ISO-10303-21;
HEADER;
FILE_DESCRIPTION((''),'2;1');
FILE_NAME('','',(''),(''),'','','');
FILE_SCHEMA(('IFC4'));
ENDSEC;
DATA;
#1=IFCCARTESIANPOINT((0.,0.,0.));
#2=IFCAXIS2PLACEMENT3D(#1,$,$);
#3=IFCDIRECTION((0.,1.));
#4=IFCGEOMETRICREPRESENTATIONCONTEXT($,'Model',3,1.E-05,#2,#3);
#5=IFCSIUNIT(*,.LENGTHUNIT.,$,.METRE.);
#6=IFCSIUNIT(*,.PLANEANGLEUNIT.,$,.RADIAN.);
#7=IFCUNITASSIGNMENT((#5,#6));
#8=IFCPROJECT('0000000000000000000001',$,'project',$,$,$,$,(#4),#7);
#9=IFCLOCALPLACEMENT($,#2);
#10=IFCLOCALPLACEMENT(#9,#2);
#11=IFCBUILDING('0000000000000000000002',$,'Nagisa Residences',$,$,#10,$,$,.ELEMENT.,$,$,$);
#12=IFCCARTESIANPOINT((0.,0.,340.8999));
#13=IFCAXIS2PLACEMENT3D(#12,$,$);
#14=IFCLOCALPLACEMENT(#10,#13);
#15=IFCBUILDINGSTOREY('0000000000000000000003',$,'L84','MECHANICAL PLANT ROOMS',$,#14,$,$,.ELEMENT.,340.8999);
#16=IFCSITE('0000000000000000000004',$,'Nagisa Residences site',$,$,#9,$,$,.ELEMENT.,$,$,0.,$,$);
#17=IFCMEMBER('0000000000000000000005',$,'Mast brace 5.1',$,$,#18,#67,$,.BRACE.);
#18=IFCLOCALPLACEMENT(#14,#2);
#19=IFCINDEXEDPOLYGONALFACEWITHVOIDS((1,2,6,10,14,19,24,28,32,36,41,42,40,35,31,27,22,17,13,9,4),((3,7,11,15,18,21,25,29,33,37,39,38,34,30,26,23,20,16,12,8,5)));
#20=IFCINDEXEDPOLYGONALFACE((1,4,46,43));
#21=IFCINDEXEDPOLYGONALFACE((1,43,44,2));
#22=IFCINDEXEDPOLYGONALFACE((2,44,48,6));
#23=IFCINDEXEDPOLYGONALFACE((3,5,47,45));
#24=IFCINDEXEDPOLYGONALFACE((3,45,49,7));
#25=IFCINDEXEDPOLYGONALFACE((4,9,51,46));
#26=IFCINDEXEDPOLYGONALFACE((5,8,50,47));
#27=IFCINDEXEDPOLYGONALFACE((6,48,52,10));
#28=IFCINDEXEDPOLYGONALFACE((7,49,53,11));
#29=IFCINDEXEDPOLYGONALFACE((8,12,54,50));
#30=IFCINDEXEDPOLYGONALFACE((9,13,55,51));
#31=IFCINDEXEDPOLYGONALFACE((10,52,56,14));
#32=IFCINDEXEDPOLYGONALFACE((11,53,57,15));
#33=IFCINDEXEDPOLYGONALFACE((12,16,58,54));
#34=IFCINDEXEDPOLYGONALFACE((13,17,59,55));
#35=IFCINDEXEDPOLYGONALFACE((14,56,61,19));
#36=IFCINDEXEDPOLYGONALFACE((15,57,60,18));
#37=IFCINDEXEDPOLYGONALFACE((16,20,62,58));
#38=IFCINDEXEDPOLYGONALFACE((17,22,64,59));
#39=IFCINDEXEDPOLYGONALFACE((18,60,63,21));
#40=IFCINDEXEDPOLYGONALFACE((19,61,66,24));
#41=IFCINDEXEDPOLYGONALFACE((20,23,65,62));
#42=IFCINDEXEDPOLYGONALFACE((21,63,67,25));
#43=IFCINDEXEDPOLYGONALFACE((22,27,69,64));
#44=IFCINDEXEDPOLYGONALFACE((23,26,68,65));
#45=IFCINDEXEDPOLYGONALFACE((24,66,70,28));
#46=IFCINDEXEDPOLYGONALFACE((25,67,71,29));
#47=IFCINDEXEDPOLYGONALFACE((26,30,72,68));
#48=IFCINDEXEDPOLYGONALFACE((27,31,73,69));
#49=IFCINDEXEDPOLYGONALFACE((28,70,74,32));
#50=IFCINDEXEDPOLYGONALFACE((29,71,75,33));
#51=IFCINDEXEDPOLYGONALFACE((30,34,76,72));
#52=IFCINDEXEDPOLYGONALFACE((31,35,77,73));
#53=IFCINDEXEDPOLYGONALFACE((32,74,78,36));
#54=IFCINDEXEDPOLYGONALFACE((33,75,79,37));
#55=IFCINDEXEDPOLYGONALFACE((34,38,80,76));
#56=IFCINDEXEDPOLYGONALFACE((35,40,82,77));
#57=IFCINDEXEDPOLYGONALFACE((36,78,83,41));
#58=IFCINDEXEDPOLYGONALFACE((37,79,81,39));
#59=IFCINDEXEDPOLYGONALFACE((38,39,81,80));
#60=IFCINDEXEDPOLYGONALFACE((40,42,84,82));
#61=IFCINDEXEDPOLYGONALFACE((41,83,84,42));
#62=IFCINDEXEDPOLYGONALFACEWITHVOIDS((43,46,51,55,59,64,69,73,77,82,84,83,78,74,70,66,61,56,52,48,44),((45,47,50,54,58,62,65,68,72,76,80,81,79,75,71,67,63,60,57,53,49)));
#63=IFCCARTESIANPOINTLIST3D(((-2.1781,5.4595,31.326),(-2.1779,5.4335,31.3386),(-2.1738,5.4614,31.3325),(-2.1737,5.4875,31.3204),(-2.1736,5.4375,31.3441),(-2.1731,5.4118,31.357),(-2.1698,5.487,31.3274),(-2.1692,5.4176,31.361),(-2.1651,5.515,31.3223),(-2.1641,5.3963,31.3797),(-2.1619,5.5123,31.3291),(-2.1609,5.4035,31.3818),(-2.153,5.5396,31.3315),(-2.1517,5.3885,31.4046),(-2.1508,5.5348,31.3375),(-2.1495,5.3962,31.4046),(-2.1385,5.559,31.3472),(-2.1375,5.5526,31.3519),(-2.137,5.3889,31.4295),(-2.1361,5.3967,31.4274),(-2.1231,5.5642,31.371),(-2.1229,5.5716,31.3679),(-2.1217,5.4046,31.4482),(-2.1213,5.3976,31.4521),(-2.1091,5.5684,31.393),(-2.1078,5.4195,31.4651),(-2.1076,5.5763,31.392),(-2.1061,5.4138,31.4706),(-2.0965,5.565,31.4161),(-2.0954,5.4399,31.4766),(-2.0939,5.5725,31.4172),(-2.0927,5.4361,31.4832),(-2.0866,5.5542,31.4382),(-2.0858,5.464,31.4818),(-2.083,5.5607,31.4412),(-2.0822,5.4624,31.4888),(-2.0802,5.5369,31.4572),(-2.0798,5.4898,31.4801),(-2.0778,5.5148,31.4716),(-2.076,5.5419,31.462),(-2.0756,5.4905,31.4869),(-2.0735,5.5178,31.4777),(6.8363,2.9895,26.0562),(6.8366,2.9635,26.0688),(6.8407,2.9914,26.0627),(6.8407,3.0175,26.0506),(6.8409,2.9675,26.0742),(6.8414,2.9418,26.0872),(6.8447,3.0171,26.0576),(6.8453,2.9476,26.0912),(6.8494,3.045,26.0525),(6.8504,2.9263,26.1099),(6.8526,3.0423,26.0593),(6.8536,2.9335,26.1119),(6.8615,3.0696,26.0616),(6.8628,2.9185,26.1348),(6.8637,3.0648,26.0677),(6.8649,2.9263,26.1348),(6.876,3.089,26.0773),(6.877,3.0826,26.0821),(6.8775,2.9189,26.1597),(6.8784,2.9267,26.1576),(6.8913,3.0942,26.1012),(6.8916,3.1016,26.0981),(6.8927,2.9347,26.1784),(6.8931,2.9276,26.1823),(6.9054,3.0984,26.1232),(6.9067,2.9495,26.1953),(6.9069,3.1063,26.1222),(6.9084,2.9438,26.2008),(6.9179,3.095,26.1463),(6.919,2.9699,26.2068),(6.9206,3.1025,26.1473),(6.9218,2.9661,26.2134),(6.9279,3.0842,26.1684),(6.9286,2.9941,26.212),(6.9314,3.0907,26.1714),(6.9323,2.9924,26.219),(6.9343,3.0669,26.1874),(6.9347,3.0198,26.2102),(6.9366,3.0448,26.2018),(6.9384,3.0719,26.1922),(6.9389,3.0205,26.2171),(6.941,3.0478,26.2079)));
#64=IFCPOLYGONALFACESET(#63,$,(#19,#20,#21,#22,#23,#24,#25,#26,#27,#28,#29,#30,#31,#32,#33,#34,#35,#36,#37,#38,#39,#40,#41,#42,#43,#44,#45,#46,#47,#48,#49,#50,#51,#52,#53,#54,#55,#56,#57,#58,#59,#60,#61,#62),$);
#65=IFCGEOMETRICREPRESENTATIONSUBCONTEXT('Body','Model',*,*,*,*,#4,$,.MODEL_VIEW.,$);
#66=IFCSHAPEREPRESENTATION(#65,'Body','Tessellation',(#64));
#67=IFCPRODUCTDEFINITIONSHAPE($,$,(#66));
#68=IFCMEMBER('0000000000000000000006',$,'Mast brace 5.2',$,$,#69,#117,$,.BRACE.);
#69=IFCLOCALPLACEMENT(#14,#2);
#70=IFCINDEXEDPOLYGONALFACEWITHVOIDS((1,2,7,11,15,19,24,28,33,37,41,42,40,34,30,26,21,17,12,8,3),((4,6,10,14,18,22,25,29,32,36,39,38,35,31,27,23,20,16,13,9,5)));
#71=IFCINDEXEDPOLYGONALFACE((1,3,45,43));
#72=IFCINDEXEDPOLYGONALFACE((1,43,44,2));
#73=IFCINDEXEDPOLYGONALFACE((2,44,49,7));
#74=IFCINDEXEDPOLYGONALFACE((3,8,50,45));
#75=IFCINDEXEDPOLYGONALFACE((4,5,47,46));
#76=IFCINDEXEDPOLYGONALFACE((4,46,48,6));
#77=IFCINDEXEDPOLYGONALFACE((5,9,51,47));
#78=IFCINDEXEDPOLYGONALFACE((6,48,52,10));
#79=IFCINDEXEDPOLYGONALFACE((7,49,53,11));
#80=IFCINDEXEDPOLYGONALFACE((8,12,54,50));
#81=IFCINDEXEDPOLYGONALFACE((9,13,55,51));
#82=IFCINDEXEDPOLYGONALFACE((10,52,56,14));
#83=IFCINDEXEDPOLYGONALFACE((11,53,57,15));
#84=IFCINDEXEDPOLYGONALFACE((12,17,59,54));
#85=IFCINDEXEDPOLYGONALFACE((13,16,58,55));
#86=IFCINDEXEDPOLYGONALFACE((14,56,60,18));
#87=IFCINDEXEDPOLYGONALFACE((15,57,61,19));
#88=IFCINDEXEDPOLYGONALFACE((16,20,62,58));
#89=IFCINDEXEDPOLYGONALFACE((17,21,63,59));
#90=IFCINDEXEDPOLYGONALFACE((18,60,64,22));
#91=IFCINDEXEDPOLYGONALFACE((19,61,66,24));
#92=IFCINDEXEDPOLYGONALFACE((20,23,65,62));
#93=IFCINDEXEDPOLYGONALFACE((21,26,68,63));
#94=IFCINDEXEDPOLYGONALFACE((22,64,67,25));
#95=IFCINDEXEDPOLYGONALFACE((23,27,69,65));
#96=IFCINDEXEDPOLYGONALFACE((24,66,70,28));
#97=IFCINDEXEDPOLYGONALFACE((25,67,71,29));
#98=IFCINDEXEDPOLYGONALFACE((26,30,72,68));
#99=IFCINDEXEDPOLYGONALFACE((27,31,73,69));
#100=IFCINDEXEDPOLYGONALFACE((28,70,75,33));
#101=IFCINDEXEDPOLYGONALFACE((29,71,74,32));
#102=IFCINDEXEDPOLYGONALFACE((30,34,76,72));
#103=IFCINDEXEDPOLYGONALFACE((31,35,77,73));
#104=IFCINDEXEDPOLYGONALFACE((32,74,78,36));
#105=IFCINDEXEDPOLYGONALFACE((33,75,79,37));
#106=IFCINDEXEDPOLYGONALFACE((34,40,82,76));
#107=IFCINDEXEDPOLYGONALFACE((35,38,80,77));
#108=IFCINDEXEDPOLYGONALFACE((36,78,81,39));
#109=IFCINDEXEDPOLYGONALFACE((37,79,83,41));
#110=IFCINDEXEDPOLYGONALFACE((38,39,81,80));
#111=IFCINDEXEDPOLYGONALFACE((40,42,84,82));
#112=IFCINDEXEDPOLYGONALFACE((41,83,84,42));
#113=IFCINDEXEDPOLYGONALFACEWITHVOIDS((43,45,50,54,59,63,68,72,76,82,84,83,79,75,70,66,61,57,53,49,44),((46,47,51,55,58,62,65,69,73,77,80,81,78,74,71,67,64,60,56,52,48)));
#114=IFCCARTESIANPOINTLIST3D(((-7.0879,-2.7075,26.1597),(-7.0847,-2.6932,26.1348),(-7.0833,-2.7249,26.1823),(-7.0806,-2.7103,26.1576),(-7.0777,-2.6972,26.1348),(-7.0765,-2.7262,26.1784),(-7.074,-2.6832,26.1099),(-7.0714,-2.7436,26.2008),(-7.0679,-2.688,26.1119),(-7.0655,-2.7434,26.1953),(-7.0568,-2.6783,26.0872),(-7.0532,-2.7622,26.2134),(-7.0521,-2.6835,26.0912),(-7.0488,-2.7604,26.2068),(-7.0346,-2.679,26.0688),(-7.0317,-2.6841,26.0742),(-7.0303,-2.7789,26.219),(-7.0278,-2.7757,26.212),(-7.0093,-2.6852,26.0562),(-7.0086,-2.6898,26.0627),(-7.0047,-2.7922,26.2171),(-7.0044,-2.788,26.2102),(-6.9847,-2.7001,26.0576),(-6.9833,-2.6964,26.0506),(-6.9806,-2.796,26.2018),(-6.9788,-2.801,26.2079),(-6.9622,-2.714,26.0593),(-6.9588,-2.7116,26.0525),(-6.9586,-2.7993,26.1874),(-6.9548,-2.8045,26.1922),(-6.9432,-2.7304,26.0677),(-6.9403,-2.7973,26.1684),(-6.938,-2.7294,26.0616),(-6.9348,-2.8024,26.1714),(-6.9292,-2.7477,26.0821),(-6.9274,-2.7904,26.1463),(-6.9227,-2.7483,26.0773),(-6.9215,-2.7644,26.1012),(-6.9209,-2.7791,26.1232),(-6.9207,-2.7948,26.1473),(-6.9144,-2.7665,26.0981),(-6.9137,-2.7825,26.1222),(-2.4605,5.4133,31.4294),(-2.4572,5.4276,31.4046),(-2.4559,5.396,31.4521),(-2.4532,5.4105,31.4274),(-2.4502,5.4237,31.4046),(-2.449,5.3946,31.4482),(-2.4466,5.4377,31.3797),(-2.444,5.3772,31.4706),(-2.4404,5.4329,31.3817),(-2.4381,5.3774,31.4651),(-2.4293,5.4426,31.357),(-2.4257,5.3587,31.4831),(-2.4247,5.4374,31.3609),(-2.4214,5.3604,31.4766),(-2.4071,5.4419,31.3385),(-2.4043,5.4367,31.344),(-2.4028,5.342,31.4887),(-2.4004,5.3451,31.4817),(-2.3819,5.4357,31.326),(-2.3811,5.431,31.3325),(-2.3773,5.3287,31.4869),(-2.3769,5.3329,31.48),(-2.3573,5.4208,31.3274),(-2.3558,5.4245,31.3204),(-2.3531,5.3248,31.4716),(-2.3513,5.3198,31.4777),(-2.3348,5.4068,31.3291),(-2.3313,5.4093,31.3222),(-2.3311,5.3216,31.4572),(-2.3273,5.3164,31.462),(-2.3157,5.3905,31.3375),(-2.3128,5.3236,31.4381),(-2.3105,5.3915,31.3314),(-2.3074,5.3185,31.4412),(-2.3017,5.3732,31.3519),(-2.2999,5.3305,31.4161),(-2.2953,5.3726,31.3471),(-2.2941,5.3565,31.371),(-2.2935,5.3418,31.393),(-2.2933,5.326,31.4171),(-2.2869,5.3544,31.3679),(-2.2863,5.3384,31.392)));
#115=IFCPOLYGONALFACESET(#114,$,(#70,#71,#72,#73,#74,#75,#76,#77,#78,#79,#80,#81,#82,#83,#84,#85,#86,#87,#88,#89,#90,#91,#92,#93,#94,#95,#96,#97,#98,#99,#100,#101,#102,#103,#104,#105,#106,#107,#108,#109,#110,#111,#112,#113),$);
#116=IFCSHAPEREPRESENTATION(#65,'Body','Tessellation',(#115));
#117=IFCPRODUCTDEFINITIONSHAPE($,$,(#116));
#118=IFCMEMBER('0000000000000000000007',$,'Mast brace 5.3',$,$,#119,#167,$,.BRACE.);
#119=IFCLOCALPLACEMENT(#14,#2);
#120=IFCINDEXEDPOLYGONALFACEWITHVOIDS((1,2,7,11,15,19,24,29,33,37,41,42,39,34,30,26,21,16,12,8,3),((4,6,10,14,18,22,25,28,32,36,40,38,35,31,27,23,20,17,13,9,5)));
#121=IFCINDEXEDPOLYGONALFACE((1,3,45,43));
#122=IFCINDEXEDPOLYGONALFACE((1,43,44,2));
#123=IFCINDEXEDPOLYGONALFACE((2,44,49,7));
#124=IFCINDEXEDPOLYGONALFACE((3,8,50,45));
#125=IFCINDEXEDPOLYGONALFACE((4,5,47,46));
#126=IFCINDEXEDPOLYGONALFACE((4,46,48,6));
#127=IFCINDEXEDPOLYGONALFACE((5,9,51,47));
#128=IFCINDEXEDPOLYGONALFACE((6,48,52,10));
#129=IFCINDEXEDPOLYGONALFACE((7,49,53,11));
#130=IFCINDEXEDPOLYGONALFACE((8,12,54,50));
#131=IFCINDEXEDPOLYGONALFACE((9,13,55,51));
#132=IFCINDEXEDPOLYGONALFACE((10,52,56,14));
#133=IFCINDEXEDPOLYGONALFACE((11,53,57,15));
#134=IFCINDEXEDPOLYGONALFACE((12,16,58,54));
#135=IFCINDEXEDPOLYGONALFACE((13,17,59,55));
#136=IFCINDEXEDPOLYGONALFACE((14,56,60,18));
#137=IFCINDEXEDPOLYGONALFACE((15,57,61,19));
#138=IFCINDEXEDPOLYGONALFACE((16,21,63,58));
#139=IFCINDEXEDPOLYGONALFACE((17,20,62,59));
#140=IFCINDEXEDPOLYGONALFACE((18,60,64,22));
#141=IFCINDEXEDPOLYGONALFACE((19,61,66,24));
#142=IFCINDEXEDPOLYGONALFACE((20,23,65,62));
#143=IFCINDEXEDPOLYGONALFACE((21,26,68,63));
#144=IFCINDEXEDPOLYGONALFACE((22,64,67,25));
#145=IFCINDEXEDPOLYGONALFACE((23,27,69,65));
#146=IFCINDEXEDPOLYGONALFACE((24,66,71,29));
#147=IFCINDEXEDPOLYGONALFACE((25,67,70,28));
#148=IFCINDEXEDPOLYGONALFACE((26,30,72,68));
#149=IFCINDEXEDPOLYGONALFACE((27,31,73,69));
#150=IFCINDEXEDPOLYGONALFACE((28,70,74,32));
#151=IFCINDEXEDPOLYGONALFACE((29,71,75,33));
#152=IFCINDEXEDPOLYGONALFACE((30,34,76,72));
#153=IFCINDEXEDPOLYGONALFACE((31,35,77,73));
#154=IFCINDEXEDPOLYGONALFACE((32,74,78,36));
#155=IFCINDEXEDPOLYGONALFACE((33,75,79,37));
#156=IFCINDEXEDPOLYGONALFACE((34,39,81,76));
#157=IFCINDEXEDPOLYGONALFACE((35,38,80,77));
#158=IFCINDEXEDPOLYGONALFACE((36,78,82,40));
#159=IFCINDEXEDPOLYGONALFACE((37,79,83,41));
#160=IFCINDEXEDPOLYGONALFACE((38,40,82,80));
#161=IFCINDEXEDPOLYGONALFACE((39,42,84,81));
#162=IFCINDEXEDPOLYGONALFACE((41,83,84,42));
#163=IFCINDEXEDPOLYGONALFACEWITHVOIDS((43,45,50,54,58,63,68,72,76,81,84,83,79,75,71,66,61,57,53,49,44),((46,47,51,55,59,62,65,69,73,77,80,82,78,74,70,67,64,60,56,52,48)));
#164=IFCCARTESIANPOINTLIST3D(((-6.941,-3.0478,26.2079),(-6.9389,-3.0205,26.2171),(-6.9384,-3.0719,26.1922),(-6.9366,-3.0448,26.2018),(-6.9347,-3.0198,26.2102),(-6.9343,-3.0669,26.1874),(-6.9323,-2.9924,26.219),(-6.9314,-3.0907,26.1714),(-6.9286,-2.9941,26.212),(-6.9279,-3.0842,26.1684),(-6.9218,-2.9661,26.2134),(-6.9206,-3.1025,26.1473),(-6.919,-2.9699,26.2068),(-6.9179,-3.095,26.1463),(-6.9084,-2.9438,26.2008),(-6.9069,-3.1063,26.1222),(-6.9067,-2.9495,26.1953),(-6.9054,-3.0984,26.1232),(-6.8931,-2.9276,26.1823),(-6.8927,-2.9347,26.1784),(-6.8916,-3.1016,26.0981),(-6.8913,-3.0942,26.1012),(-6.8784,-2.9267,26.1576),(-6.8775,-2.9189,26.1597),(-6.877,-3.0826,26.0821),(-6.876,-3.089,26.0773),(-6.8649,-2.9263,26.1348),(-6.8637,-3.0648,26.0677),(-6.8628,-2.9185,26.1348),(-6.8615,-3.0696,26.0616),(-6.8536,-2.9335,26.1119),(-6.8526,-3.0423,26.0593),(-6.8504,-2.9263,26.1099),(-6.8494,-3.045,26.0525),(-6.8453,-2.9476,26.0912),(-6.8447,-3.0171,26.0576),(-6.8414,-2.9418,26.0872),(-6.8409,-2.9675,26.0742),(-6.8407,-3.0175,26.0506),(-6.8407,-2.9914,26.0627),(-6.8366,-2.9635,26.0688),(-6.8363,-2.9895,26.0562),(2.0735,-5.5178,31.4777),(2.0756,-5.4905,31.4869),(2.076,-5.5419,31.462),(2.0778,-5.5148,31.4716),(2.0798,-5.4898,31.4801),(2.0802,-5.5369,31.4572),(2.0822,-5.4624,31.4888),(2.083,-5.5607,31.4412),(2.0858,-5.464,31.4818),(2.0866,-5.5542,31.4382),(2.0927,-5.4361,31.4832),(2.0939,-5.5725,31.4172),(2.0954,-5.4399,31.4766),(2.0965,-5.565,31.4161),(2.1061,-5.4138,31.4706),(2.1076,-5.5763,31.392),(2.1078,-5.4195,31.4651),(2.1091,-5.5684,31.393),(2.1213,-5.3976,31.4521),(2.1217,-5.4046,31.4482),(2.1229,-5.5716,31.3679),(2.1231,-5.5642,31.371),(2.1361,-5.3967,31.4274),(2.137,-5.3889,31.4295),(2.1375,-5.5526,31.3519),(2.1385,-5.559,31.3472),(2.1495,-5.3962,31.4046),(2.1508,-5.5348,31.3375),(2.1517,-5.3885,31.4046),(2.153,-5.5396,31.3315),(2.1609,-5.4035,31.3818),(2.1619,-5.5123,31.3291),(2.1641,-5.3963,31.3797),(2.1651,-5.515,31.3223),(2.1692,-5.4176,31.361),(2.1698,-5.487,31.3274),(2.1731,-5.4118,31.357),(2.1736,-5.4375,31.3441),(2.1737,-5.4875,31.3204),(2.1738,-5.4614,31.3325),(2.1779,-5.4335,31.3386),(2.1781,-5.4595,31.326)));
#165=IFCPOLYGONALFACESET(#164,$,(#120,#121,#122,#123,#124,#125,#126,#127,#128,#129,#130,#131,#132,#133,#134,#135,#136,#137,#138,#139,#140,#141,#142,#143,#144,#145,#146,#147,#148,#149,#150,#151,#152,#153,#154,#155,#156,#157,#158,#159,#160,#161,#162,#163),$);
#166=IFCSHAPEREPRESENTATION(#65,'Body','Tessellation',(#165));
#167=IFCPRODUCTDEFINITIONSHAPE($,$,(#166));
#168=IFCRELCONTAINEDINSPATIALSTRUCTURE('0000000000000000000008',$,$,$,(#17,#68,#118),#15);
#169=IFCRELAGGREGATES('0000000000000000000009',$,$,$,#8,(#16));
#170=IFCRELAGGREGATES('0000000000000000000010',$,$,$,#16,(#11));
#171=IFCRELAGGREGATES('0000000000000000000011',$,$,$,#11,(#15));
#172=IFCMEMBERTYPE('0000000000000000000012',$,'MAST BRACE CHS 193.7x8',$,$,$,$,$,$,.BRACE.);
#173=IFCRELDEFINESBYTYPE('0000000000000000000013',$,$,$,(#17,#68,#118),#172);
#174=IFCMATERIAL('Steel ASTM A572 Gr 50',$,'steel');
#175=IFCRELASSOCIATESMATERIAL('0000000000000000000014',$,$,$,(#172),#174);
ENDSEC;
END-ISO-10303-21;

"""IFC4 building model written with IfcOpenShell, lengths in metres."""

from ifc_helpers import new_model, si_unit, direction, frame, origin, origin_2d, place, context, subcontext, project, spatial, hollow_circle, extrude, material, material_profile, profile_set, type_object, element, save


model = new_model("IFC4")

# Units and contexts
model_context = context("Model", 3, precision=1e-05, world=origin(), true_north=direction((0.0, 1.0)))
body_context = subcontext(model_context, "Body", "Model", "MODEL_VIEW")
ifc_project = project(units=[si_unit("LENGTHUNIT", "METRE"), si_unit("PLANEANGLEUNIT", "RADIAN")], contexts=[model_context])

# Site, building, storey
site_placement = place(None, origin())
site = spatial("IfcSite", under=ifc_project, at=site_placement, Name="Nagisa Residences site", CompositionType="ELEMENT", RefElevation=0.0)
building_placement = place(site_placement, origin())
building = spatial("IfcBuilding", under=site, at=building_placement, Name="Nagisa Residences", CompositionType="ELEMENT")
storey_placement = place(building_placement, frame((0.0, 0.0, 340.8999)))
storey = spatial("IfcBuildingStorey", under=building, at=storey_placement, Name="L84", Description="MECHANICAL PLANT ROOMS", CompositionType="ELEMENT", Elevation=340.8999)

# Members
ifc_material_1 = material(Name="Steel ASTM A572 Gr 50", Category="steel")
ifc_material_profile_1 = material_profile(ifc_material_1, hollow_circle(Radius=0.0969, WallThickness=0.0081, at=origin_2d()), Name="MAST BRACE CHS 193.7x8")
ifc_profile_set_1 = profile_set([ifc_material_profile_1], Name="Steel ASTM A572 Gr 50")
member_type_1 = type_object("IfcMemberType", Name="MAST BRACE CHS 193.7x8", PredefinedType="BRACE", material=ifc_profile_set_1)
for number, where, z_axis, x_axis, name in (
    (1, (6.8884, 3.012, 26.1348), (-0.84012, 0.230195, 0.49113), (-0.264262, -0.964451, 0.0), "Mast brace 5.1"),
    (2, (-7.0005, -2.7412, 26.1348), (0.431264, 0.756839, 0.491127), (-0.868844, 0.495087, 0.0), "Mast brace 5.2"),
    (3, (-6.8884, -3.012, 26.1348), (0.84012, -0.230195, 0.49113), (0.264262, 0.964451, 0.0), "Mast brace 5.3"),
):
    element("IfcMember", number, at=place(storey_placement, frame(where, z_axis=z_axis, x_axis=x_axis)), inside=storey, type_object=member_type_1, Name=name, PredefinedType="BRACE", context=body_context, shape_type="SweptSolid", body=[
        extrude(hollow_circle(Radius=0.0969, WallThickness=0.0081, at=origin_2d()), origin(), (0.0, 0.0, 1.0), 10.73),
    ])

save(model, "model.ifc")
